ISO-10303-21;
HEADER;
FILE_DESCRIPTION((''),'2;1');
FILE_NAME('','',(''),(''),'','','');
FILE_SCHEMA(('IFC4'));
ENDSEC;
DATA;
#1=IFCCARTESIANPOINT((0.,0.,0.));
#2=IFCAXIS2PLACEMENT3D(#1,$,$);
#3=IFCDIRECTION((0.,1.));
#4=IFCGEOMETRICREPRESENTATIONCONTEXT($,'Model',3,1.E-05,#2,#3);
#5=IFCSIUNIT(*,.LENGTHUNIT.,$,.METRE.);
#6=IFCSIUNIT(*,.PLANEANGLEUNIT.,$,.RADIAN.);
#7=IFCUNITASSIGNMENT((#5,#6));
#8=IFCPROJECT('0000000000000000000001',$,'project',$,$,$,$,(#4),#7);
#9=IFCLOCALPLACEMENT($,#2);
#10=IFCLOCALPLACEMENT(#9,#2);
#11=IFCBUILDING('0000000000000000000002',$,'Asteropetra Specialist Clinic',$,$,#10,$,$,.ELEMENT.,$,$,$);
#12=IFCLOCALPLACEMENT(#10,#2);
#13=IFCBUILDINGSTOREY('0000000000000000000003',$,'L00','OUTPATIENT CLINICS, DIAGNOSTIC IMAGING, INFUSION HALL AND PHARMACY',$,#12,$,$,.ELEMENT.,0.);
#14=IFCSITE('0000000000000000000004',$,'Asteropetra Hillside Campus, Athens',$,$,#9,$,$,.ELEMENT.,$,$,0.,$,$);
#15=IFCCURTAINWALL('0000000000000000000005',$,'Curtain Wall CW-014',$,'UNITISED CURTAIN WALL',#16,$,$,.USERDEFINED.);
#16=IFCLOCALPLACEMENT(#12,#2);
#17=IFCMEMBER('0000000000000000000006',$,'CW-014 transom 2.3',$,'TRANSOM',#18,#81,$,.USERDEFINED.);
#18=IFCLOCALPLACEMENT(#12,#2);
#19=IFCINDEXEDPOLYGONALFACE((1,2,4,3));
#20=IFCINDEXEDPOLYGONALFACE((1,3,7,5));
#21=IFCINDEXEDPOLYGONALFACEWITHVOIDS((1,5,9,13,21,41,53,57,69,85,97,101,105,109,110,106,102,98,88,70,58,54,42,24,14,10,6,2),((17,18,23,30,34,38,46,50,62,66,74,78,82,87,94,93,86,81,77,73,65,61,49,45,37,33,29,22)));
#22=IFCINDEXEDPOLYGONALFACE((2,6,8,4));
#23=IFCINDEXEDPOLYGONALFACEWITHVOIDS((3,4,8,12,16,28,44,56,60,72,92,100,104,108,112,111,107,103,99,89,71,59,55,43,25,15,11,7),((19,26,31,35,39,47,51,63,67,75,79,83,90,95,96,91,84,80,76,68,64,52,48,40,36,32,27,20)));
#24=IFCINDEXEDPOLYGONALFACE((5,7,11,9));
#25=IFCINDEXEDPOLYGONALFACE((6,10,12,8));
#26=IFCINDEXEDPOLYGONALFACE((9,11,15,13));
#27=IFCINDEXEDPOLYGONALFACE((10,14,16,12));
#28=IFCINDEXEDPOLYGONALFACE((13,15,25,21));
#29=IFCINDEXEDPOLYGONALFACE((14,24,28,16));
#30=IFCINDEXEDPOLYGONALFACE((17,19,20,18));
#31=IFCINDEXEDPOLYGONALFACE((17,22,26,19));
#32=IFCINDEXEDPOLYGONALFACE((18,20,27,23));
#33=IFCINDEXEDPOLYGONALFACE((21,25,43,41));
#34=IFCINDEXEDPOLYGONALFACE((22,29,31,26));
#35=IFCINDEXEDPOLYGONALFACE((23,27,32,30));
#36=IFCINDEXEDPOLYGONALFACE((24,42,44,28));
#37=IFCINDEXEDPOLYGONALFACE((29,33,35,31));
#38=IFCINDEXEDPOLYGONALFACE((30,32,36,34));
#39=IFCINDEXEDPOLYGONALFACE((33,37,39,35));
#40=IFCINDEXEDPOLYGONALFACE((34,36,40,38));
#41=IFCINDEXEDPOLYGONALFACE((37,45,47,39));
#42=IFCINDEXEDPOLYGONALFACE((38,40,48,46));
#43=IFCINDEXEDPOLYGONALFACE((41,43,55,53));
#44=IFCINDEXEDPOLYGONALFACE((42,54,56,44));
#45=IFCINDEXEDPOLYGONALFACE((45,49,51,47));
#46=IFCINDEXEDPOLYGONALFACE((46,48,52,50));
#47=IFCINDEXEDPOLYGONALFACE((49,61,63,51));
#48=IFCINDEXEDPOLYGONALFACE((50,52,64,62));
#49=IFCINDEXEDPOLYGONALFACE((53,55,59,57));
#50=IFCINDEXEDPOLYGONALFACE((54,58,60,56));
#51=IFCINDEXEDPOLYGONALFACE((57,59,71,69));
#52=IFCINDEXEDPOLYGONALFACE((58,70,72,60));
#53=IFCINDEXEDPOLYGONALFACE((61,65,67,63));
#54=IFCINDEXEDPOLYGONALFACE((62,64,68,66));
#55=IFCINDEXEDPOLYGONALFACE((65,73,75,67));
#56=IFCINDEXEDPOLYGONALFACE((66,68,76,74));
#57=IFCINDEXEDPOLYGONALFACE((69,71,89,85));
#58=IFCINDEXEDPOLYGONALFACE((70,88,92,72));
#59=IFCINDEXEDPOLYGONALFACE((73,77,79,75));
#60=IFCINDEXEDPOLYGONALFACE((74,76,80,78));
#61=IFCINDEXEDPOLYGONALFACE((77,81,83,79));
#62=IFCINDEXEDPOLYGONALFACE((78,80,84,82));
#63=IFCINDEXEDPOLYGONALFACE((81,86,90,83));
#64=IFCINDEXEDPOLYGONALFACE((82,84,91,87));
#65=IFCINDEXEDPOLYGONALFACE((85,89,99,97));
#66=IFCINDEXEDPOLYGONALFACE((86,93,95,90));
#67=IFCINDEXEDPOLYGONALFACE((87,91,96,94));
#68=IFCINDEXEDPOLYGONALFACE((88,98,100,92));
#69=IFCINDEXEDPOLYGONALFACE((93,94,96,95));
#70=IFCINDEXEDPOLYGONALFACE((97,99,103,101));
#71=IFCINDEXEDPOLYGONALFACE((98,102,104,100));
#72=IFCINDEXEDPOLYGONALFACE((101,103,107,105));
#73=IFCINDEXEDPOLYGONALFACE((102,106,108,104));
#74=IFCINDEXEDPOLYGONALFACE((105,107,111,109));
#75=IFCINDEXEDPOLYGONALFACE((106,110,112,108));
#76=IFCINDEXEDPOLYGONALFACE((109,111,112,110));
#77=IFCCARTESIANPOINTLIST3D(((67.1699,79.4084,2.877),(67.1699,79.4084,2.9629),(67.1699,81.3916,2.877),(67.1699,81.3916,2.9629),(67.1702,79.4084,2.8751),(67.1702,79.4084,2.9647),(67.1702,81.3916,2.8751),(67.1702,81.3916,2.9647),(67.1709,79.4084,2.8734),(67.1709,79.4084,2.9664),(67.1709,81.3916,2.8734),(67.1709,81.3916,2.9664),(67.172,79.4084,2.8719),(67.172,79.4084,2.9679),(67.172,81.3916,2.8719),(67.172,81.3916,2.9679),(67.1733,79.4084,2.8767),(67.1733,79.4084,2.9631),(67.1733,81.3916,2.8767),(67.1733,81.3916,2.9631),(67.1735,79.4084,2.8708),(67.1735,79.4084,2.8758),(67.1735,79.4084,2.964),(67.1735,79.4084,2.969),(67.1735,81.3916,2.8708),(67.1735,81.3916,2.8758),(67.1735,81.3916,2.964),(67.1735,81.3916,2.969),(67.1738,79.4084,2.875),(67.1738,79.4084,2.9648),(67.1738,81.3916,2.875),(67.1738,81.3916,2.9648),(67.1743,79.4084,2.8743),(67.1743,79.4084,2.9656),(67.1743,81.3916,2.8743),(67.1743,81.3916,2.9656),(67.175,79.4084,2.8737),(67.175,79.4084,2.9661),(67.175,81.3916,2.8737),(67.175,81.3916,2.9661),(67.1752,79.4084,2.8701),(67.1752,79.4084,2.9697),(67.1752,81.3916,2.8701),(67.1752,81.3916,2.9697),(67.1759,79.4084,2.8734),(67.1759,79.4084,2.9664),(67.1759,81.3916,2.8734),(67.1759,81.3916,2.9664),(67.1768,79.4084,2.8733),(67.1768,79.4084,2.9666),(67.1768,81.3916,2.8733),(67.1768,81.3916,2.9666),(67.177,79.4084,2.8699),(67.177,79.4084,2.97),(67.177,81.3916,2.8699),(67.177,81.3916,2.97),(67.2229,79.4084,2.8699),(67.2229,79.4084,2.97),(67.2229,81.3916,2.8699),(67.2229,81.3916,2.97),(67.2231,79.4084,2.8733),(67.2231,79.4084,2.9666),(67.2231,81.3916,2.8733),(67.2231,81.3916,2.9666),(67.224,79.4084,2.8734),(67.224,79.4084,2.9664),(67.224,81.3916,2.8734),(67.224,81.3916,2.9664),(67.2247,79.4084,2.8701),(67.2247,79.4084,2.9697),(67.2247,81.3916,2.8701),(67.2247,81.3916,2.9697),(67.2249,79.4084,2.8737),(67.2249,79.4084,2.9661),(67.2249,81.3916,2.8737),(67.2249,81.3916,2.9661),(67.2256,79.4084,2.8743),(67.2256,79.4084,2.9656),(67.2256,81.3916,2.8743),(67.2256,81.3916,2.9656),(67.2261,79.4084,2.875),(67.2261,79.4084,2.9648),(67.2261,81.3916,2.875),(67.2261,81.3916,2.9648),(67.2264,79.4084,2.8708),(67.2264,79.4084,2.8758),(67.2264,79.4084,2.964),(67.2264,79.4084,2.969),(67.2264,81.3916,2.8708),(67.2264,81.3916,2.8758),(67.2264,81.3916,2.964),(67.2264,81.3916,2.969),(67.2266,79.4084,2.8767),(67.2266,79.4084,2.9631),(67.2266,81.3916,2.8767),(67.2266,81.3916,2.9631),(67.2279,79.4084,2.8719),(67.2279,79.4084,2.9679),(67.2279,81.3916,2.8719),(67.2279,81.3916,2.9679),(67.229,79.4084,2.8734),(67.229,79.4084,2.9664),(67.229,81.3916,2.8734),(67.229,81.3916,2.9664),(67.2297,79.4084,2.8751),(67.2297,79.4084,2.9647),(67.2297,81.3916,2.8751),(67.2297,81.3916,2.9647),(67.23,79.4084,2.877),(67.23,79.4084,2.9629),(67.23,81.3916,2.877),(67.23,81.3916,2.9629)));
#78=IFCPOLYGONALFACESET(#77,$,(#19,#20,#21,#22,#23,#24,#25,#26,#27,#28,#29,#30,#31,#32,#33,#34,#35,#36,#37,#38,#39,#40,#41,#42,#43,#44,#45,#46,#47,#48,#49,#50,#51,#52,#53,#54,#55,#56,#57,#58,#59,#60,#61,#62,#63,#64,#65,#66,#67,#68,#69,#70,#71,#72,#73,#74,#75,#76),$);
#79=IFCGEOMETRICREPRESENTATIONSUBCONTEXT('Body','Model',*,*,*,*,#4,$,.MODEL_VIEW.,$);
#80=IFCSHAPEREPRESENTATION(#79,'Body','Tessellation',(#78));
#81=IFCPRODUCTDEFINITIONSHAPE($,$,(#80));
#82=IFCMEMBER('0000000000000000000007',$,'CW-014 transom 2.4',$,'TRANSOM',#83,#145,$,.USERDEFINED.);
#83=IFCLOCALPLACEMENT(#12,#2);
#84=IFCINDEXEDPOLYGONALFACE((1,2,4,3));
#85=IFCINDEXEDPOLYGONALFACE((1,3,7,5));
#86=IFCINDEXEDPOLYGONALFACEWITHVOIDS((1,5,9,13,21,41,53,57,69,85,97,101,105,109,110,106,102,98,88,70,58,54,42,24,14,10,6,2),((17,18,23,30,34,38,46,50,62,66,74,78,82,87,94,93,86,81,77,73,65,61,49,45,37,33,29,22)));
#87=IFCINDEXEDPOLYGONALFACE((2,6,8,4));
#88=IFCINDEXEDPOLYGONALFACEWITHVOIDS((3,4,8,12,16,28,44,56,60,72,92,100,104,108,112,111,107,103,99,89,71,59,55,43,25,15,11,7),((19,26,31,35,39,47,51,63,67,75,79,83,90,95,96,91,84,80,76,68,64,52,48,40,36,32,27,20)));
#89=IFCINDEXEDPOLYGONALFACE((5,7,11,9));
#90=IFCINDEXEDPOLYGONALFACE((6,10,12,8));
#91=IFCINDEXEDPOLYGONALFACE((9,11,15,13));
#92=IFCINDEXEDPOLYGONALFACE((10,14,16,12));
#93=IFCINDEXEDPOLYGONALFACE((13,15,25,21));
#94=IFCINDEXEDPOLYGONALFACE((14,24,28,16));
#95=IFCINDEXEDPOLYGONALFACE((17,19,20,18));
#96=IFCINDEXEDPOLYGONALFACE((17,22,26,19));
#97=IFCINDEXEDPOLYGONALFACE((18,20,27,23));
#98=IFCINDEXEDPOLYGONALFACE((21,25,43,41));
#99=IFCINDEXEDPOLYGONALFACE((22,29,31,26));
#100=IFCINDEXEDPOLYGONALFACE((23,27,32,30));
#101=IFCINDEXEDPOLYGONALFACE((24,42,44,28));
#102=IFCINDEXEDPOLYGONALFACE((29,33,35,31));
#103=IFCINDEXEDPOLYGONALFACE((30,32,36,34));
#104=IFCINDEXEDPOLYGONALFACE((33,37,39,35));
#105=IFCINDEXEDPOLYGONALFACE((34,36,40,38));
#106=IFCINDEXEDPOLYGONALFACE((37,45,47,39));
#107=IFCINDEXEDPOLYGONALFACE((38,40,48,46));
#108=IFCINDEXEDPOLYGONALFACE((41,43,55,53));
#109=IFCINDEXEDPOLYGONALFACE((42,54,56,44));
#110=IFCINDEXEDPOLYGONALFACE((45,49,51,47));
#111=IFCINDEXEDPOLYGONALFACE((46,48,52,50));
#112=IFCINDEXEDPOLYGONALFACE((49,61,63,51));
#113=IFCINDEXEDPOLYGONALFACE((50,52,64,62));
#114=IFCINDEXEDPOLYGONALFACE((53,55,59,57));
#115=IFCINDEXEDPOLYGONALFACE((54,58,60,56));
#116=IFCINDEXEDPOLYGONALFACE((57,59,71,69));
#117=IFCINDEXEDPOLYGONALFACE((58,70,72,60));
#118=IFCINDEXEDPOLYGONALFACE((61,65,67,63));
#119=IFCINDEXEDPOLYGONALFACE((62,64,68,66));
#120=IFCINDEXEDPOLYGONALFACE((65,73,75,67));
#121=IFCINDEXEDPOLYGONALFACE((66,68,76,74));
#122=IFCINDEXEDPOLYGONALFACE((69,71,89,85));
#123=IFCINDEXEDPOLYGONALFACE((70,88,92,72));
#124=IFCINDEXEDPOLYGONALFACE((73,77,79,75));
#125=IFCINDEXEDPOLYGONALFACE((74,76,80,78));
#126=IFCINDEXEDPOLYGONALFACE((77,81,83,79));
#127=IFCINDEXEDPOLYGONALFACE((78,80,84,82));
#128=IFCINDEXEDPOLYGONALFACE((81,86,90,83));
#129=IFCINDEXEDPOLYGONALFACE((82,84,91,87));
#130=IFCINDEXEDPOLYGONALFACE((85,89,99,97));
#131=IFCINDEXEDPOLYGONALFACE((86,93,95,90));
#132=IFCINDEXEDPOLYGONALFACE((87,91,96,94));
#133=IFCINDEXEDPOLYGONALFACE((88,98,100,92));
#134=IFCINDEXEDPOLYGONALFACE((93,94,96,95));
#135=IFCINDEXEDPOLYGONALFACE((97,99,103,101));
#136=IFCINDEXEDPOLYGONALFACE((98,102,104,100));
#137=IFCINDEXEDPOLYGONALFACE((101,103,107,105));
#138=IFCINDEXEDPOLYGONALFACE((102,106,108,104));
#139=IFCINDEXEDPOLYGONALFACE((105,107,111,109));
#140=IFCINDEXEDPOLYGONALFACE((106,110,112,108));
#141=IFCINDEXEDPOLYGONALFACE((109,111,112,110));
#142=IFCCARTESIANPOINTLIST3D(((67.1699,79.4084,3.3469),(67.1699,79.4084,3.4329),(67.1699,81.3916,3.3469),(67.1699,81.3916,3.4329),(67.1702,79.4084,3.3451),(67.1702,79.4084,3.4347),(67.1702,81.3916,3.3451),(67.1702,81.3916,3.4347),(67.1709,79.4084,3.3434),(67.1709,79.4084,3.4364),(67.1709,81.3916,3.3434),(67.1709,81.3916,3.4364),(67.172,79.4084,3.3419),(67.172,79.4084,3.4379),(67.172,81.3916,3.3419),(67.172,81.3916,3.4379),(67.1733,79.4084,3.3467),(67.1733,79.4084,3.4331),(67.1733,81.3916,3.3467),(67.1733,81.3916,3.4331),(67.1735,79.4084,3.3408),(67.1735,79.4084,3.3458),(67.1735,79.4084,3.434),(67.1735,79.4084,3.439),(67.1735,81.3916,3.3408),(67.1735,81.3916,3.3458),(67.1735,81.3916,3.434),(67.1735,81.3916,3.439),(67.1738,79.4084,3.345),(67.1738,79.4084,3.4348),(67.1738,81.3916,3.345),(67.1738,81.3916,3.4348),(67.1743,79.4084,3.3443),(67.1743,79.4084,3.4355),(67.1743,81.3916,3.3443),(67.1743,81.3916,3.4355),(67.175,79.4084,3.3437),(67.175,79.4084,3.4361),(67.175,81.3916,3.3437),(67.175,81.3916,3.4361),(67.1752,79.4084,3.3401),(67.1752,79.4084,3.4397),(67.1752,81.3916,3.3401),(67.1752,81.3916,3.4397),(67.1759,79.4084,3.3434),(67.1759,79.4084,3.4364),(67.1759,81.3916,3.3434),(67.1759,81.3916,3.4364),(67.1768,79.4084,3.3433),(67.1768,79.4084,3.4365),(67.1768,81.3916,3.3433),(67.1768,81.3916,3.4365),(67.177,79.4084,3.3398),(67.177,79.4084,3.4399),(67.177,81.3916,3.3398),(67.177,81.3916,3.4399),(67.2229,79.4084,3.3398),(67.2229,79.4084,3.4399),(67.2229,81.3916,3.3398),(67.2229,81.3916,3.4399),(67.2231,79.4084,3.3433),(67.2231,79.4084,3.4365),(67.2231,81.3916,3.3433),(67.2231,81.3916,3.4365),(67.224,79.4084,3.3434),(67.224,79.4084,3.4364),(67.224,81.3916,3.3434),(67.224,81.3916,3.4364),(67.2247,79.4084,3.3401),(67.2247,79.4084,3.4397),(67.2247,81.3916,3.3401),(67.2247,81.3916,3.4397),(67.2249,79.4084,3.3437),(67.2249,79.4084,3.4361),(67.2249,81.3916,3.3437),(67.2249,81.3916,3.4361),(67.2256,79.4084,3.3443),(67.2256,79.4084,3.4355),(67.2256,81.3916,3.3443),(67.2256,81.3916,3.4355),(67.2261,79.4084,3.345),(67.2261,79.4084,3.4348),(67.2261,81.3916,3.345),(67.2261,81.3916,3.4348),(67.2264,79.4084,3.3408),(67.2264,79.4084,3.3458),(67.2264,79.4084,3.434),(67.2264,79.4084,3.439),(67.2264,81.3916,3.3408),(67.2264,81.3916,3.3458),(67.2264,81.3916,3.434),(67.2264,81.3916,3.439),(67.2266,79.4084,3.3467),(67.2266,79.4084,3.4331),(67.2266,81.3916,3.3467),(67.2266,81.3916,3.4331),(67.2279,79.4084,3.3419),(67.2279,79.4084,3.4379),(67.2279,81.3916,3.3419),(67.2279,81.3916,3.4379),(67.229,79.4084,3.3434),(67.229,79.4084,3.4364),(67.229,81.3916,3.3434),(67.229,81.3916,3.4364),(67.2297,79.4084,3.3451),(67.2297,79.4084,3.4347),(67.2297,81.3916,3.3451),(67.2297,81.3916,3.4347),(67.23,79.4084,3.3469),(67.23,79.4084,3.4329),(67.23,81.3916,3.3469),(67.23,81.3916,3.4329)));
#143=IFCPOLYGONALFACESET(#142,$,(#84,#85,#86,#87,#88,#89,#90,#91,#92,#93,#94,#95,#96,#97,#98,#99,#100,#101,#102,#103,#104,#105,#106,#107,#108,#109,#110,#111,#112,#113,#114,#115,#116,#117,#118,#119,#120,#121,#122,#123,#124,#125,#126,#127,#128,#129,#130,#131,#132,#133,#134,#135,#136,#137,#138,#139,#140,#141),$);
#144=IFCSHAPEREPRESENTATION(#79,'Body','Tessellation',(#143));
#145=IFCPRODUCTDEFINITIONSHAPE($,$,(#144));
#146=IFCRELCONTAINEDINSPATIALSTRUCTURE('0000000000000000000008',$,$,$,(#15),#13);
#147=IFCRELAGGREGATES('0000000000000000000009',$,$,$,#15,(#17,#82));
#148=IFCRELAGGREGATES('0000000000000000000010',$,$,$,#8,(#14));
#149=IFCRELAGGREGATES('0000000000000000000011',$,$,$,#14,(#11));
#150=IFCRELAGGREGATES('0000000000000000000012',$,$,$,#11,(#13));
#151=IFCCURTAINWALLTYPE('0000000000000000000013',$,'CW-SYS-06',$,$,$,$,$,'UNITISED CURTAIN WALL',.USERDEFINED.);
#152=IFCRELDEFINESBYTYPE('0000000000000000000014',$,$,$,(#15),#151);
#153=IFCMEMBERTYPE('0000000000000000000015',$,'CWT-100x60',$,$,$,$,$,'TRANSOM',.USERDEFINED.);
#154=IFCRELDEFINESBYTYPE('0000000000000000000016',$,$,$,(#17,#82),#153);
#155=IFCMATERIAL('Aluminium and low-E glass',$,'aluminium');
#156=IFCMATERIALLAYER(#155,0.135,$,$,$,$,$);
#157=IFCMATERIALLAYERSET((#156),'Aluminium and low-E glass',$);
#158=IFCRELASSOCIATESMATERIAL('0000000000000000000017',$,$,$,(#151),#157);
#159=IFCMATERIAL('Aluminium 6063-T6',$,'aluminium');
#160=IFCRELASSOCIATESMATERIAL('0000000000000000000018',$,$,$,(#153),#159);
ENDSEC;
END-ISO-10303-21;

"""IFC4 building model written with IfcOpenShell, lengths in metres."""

from ifc_helpers import new_model, si_unit, direction, frame, origin, origin_2d, place, context, subcontext, project, spatial, hollow_rectangle, extrude, material, layer, layer_set, material_profile, profile_set, type_object, element, aggregate, save


model = new_model("IFC4")

# Units and contexts
model_context = context("Model", 3, precision=1e-05, world=origin(), true_north=direction((0.0, 1.0)))
body_context = subcontext(model_context, "Body", "Model", "MODEL_VIEW")
ifc_project = project(units=[si_unit("LENGTHUNIT", "METRE"), si_unit("PLANEANGLEUNIT", "RADIAN")], contexts=[model_context])

# Site, building, storey
site_placement = place(None, origin())
site = spatial("IfcSite", under=ifc_project, at=site_placement, Name="Asteropetra Hillside Campus, Athens", CompositionType="ELEMENT", RefElevation=0.0)
building_placement = place(site_placement, origin())
building = spatial("IfcBuilding", under=site, at=building_placement, Name="Asteropetra Specialist Clinic", CompositionType="ELEMENT")
storey_placement = place(building_placement, origin())
storey = spatial("IfcBuildingStorey", under=building, at=storey_placement, Name="L00", Description="OUTPATIENT CLINICS, DIAGNOSTIC IMAGING, INFUSION HALL AND PHARMACY", CompositionType="ELEMENT", Elevation=0.0)

# Curtain wall, members
ifc_material_1 = material(Name="Aluminium and low-E glass", Category="aluminium")
ifc_layer_1 = layer(ifc_material_1, 0.135)
ifc_layer_set_1 = layer_set([ifc_layer_1], Name="Aluminium and low-E glass")
curtain_wall_type = type_object("IfcCurtainWallType", Name="CW-SYS-06", ElementType="UNITISED CURTAIN WALL", PredefinedType="USERDEFINED", material=ifc_layer_set_1)
curtain_wall_placement = place(storey_placement, origin())
curtain_wall = element("IfcCurtainWall", 1, at=curtain_wall_placement, inside=storey, type_object=curtain_wall_type, Name="Curtain Wall CW-014", ObjectType="UNITISED CURTAIN WALL", PredefinedType="USERDEFINED")
ifc_material_2 = material(Name="Aluminium 6063-T6", Category="aluminium")
ifc_material_profile_1 = material_profile(ifc_material_2, hollow_rectangle(XDim=0.0601, YDim=0.1001, WallThickness=0.0034, InnerFilletRadius=0.0034, OuterFilletRadius=0.0071, at=origin_2d()), Name="TRN 100x60x3.5")
ifc_profile_set_1 = profile_set([ifc_material_profile_1], Name="Aluminium 6063-T6")
member_type_1 = type_object("IfcMemberType", Name="CWT-100x60", ElementType="TRANSOM", PredefinedType="USERDEFINED", material=ifc_profile_set_1)
member_1_placement = place(storey_placement, frame((67.2, 79.4084, 2.9199), z_axis=(0.0, 1.0, 0.0), x_axis=(-1.0, 0.0, 0.0)))
member_1 = element("IfcMember", 2, at=member_1_placement, type_object=member_type_1, Name="CW-014 transom 2.3", ObjectType="TRANSOM", PredefinedType="USERDEFINED", context=body_context, shape_type="SweptSolid", body=[
    extrude(hollow_rectangle(XDim=0.0601, YDim=0.1001, WallThickness=0.0034, InnerFilletRadius=0.0034, OuterFilletRadius=0.0071, at=origin_2d()), origin(), (0.0, 0.0, 1.0), 1.9832),
])
member_2_placement = place(storey_placement, frame((67.2, 79.4084, 3.3899), z_axis=(0.0, 1.0, 0.0), x_axis=(-1.0, 0.0, 0.0)))
member_2 = element("IfcMember", 3, at=member_2_placement, type_object=member_type_1, Name="CW-014 transom 2.4", ObjectType="TRANSOM", PredefinedType="USERDEFINED", context=body_context, shape_type="SweptSolid", body=[
    extrude(hollow_rectangle(XDim=0.0601, YDim=0.1001, WallThickness=0.0034, InnerFilletRadius=0.0034, OuterFilletRadius=0.0071, at=origin_2d()), origin(), (0.0, 0.0, 1.0), 1.9832),
])
aggregate(curtain_wall, [member_1, member_2])

save(model, "model.ifc")
